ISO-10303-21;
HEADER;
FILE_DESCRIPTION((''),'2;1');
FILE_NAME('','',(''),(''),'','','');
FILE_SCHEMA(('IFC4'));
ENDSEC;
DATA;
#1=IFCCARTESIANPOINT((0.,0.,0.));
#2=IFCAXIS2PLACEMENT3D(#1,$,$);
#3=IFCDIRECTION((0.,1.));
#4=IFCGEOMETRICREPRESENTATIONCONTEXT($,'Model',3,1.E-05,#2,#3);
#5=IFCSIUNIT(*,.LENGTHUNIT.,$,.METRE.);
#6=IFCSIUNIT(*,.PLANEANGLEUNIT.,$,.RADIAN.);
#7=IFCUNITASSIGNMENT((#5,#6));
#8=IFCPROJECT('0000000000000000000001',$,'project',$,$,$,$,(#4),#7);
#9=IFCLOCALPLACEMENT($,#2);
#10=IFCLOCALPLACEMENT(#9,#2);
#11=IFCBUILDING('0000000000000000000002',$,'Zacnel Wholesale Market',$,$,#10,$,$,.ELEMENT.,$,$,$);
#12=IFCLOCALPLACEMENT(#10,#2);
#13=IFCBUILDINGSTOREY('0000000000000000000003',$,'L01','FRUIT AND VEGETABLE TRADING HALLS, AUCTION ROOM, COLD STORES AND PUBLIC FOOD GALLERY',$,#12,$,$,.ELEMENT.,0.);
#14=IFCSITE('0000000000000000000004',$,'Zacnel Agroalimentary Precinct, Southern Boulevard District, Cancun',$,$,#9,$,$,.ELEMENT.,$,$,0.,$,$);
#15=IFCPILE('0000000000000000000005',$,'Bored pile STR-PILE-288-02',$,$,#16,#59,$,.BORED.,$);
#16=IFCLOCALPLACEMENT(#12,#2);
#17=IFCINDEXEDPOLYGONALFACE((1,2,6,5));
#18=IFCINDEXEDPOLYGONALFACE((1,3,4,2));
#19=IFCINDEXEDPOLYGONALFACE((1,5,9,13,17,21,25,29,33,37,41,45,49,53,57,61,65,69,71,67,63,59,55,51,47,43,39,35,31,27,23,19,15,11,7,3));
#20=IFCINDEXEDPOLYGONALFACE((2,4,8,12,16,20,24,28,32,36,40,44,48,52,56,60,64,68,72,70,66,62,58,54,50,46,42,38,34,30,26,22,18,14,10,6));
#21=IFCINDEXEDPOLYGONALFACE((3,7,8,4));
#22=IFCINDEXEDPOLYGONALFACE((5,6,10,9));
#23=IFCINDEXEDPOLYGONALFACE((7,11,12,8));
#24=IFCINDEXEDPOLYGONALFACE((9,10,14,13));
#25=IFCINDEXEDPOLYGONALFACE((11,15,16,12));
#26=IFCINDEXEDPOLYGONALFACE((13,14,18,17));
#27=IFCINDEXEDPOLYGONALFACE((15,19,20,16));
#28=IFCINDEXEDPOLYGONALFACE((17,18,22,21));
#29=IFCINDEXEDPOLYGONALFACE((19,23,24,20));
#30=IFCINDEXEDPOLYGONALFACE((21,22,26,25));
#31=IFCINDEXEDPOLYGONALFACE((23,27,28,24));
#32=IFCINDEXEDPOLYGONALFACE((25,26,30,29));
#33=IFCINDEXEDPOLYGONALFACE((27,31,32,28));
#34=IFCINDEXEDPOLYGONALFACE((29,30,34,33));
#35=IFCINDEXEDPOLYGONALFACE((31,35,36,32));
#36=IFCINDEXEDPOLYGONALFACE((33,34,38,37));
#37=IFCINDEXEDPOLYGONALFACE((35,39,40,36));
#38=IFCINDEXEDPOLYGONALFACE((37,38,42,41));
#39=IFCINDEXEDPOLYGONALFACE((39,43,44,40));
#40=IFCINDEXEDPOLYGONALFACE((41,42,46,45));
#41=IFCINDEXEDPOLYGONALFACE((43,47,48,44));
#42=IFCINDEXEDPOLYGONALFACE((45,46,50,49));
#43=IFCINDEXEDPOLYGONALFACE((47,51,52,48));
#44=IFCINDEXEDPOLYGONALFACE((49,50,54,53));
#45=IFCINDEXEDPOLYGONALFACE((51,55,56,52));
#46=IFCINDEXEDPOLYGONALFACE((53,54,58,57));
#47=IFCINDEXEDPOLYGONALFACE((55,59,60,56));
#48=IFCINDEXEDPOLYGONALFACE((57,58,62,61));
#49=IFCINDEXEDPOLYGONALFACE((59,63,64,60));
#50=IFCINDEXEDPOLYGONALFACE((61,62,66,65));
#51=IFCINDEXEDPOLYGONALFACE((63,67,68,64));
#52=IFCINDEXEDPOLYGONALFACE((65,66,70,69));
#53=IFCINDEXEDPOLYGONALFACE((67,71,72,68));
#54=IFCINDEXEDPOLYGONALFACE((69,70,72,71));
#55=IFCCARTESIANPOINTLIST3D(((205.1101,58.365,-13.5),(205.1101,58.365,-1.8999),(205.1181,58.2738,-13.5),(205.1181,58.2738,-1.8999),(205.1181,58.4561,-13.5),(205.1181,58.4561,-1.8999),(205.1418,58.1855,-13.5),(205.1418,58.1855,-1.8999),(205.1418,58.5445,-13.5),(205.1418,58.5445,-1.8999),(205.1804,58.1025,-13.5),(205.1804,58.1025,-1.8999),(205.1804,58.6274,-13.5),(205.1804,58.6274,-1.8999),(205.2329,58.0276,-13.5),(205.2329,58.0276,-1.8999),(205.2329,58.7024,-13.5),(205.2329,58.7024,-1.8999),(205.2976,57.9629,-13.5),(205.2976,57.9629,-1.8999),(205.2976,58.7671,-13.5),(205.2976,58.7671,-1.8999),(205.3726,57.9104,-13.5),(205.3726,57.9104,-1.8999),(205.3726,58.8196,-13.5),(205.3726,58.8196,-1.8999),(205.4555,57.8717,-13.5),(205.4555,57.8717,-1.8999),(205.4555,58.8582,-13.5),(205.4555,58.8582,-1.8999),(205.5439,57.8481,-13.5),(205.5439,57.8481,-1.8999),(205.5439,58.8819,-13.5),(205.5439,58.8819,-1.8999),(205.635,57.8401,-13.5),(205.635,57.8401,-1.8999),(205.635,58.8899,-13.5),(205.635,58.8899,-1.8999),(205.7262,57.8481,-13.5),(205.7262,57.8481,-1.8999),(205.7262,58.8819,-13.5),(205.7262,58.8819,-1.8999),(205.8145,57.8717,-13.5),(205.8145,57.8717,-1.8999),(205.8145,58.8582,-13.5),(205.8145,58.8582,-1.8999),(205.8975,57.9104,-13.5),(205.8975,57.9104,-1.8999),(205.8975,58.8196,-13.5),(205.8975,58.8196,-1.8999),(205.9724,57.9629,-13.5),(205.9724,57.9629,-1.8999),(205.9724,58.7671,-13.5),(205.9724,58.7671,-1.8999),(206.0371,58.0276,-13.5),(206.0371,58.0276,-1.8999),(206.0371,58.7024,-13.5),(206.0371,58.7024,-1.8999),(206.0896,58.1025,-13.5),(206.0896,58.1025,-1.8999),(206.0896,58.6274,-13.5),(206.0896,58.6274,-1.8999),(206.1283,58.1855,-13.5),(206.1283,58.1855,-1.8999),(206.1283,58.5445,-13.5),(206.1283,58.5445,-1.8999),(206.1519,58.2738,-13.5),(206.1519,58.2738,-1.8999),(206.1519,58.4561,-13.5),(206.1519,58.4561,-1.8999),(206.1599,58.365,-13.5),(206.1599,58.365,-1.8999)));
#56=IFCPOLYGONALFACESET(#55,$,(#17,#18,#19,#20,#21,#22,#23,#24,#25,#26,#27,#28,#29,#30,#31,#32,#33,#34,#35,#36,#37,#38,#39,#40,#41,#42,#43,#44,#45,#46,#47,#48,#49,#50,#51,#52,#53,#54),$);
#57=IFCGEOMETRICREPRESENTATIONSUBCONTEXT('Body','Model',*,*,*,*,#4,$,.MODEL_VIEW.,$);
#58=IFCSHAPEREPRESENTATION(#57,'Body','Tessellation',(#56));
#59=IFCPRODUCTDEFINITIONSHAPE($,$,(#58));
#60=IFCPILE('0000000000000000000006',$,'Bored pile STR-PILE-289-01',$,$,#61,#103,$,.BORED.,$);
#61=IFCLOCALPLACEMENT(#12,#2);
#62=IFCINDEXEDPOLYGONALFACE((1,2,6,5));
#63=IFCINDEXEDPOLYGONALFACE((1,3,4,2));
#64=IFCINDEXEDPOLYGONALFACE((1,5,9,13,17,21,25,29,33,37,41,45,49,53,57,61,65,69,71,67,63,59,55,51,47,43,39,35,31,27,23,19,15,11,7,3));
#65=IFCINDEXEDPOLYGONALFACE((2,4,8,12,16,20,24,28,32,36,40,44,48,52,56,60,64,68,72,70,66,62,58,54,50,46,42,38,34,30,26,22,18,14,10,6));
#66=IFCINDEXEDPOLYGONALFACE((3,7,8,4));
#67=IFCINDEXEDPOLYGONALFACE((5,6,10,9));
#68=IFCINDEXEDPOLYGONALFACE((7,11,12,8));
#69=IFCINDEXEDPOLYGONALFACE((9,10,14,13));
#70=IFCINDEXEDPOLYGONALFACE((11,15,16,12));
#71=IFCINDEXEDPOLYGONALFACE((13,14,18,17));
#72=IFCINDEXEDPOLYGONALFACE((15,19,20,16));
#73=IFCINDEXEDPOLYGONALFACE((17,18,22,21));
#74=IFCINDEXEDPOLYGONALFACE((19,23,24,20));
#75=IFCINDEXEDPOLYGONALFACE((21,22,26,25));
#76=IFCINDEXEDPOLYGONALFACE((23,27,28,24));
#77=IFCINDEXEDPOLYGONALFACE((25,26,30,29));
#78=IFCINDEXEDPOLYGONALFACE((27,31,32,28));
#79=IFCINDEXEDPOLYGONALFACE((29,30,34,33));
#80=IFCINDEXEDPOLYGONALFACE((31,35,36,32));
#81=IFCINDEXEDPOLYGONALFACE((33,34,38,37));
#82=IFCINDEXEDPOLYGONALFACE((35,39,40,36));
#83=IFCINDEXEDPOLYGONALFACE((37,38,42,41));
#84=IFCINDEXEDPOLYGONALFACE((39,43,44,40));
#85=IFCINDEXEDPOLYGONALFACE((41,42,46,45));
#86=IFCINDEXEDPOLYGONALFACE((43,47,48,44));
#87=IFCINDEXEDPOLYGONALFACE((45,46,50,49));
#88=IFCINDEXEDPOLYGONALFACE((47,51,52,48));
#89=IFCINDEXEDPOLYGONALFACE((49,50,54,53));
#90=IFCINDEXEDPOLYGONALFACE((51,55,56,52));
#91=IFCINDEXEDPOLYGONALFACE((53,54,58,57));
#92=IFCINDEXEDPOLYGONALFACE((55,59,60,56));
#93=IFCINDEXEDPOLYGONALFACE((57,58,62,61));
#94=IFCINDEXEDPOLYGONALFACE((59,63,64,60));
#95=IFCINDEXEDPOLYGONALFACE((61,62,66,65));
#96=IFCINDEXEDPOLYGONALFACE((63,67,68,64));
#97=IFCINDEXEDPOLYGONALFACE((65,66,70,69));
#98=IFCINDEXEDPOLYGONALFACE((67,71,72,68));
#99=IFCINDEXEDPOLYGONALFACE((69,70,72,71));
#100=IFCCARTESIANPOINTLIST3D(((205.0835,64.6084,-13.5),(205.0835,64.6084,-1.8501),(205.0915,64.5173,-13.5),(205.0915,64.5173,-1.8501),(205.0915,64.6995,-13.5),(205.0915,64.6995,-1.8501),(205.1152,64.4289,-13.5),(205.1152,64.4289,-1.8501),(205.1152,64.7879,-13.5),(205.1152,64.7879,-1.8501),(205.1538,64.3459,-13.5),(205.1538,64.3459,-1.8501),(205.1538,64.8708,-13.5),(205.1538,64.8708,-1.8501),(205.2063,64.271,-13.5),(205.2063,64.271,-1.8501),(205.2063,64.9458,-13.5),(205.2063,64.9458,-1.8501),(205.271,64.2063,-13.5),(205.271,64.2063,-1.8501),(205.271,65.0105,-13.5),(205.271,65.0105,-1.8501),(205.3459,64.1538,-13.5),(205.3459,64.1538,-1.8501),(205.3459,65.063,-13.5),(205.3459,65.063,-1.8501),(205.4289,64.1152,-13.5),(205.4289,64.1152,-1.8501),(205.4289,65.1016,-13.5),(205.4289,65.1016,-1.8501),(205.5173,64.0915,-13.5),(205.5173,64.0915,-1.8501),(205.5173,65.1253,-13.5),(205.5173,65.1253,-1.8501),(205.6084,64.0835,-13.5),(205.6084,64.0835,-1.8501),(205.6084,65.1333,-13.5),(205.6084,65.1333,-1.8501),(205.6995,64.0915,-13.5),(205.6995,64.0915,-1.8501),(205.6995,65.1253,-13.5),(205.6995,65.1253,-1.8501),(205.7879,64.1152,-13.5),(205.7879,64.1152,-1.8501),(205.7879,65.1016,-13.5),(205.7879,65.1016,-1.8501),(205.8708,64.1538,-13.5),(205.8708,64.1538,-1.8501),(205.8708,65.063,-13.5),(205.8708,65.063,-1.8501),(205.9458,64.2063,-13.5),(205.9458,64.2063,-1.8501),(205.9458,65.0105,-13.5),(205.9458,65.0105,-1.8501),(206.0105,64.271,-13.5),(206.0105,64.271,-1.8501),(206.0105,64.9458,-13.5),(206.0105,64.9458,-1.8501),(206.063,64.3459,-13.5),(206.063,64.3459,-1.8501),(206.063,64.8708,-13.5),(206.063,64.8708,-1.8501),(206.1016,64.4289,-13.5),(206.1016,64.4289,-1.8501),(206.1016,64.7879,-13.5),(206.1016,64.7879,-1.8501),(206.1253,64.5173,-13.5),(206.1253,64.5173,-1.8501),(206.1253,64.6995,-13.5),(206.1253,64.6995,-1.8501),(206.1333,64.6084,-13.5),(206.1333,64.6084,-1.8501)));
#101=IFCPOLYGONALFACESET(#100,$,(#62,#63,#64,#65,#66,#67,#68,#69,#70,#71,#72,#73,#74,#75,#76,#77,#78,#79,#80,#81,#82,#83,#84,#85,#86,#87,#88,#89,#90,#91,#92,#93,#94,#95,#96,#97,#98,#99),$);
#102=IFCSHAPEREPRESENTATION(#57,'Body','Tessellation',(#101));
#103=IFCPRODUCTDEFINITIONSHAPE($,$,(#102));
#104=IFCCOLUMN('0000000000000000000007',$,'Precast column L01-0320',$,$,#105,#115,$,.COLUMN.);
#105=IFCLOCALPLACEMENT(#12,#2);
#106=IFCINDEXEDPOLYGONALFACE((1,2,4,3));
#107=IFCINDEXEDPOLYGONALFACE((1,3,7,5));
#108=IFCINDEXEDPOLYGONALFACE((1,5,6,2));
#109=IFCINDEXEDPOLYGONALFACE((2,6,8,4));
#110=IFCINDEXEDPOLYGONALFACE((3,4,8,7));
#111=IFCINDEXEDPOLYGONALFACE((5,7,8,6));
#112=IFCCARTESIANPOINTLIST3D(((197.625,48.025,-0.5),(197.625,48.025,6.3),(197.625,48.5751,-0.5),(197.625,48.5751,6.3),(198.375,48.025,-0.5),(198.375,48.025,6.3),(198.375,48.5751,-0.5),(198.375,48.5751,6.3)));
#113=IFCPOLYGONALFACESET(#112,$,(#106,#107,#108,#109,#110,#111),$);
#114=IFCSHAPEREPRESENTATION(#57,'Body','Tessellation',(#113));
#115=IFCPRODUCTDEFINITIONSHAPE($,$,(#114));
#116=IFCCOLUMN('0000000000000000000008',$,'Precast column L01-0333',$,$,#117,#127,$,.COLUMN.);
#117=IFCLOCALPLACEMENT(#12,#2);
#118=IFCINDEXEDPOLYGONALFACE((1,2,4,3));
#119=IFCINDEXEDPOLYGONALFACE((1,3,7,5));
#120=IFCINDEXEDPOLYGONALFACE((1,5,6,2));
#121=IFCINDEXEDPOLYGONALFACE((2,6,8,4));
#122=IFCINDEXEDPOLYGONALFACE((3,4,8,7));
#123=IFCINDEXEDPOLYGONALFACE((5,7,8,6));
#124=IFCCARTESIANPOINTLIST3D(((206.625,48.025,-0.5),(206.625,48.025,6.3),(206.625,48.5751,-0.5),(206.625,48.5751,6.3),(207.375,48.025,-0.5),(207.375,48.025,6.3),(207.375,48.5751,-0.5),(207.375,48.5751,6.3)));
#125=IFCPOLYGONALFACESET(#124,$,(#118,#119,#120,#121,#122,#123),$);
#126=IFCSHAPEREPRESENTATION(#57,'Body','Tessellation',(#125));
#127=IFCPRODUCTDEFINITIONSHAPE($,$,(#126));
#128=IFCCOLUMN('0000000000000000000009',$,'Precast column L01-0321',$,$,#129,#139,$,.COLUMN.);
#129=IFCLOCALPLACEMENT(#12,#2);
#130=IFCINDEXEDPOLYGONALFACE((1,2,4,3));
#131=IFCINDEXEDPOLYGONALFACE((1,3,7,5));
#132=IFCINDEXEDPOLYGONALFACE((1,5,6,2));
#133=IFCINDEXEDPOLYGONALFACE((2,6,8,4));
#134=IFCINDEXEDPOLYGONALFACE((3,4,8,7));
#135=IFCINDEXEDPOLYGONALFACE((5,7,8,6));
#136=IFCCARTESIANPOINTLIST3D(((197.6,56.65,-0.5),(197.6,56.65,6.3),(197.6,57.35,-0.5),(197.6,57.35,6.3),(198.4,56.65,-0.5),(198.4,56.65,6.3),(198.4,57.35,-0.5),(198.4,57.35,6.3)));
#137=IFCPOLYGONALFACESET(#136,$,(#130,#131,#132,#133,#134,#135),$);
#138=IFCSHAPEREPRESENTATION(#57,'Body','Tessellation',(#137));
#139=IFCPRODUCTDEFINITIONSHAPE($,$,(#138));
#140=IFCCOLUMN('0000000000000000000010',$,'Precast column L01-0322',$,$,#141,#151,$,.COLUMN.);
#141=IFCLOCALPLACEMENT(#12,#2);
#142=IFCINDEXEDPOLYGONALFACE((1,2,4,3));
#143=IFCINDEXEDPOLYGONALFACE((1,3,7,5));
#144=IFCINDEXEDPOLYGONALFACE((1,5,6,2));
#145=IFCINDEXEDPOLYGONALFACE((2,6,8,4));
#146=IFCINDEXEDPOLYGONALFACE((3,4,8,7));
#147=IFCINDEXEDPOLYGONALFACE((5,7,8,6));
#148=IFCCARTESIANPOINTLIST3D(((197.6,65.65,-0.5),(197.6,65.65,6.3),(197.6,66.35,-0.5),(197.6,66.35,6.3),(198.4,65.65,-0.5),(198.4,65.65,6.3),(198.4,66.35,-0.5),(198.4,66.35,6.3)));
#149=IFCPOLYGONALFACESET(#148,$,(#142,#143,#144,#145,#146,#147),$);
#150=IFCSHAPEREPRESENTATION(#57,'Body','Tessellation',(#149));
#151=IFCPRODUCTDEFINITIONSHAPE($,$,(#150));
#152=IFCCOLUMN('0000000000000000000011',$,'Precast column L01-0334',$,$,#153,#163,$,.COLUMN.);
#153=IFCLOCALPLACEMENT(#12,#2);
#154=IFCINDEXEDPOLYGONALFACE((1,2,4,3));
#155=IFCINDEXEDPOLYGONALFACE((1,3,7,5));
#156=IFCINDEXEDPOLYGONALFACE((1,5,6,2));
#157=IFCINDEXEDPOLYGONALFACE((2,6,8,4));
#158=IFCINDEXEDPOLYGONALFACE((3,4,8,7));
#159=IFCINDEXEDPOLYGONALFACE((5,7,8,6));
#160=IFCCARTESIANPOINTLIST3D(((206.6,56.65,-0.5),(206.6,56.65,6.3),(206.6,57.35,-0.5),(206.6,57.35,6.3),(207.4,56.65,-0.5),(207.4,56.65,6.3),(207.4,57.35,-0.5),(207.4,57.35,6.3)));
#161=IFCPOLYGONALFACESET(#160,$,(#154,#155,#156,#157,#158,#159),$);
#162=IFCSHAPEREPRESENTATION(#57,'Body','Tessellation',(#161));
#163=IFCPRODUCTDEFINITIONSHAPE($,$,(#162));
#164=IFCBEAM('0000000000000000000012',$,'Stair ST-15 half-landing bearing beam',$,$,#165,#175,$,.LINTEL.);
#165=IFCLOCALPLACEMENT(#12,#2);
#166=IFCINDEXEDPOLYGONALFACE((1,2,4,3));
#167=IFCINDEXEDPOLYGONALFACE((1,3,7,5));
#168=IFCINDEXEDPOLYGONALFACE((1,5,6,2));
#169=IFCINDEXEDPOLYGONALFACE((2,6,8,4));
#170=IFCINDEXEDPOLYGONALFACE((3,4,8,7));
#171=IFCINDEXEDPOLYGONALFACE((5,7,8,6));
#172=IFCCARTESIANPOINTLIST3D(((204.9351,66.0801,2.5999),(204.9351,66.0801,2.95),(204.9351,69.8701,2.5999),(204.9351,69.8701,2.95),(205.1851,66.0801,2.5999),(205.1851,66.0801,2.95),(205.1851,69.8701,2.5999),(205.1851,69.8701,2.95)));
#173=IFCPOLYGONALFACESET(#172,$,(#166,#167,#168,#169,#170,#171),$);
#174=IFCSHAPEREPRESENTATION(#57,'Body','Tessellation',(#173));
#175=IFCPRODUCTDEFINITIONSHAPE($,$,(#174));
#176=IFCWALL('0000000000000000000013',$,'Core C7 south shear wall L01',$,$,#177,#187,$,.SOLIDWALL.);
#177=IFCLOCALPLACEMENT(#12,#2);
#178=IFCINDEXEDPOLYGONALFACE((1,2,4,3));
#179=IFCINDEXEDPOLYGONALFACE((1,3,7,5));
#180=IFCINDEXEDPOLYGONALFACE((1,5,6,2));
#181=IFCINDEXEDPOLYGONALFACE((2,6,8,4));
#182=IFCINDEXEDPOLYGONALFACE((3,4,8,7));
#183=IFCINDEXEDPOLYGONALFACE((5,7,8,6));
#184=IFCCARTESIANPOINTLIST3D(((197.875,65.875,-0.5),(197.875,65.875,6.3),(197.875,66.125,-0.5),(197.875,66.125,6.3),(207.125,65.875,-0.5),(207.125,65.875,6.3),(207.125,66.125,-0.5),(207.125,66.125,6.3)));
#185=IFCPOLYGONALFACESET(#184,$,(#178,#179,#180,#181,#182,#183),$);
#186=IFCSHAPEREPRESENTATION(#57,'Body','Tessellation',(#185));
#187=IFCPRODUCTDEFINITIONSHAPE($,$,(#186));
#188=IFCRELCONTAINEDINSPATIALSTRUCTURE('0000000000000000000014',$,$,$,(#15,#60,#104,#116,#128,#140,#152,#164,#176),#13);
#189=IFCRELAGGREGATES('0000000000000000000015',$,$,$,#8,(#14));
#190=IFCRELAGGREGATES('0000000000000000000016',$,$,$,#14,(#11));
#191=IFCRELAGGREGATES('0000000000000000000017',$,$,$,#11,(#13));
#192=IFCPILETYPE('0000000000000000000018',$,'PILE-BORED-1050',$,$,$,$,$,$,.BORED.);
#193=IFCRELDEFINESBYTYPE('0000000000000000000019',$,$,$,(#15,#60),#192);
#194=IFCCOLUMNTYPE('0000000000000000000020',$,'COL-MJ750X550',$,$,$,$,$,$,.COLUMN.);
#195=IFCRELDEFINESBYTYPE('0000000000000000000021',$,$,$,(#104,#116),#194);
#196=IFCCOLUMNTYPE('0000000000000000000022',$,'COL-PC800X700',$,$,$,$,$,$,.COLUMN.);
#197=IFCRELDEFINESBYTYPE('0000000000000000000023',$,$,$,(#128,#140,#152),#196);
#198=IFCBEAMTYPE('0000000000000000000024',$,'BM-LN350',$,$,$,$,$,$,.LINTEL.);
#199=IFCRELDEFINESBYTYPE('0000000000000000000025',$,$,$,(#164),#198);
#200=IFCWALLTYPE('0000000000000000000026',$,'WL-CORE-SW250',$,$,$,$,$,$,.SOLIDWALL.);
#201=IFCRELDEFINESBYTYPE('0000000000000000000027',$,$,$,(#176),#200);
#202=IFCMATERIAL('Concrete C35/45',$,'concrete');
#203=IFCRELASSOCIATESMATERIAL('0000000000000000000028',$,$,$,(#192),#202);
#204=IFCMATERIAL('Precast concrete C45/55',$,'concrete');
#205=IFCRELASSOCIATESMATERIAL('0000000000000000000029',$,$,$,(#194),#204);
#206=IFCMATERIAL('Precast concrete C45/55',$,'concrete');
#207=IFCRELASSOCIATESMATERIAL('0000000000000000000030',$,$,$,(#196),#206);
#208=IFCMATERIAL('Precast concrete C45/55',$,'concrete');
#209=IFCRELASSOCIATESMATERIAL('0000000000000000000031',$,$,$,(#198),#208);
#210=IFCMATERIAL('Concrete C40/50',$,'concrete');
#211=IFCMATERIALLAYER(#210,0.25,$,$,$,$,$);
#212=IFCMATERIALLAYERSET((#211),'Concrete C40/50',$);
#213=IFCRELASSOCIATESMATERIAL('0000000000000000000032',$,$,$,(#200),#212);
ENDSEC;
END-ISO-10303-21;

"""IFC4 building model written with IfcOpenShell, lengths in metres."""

from ifc_helpers import new_model, si_unit, direction, frame, frame_2d, origin, origin_2d, place, context, subcontext, project, spatial, rectangle, circle, extrude, material, layer, layer_set, material_profile, profile_set, type_object, element, save


model = new_model("IFC4")

# Units and contexts
model_context = context("Model", 3, precision=1e-05, world=origin(), true_north=direction((0.0, 1.0)))
body_context = subcontext(model_context, "Body", "Model", "MODEL_VIEW")
ifc_project = project(units=[si_unit("LENGTHUNIT", "METRE"), si_unit("PLANEANGLEUNIT", "RADIAN")], contexts=[model_context])

# Site, building, storey
site_placement = place(None, origin())
site = spatial("IfcSite", under=ifc_project, at=site_placement, Name="Zacnel Agroalimentary Precinct, Southern Boulevard District, Cancun", CompositionType="ELEMENT", RefElevation=0.0)
building_placement = place(site_placement, origin())
building = spatial("IfcBuilding", under=site, at=building_placement, Name="Zacnel Wholesale Market", CompositionType="ELEMENT")
storey_placement = place(building_placement, origin())
storey = spatial("IfcBuildingStorey", under=building, at=storey_placement, Name="L01", Description="FRUIT AND VEGETABLE TRADING HALLS, AUCTION ROOM, COLD STORES AND PUBLIC FOOD GALLERY", CompositionType="ELEMENT", Elevation=0.0)

# Piles
ifc_material_1 = material(Name="Concrete C35/45", Category="concrete")
ifc_material_profile_1 = material_profile(ifc_material_1, circle(Radius=0.5249, at=origin_2d()), Name="BORED PILE D1050")
ifc_profile_set_1 = profile_set([ifc_material_profile_1], Name="Concrete C35/45")
pile_type = type_object("IfcPileType", Name="PILE-BORED-1050", PredefinedType="BORED", material=ifc_profile_set_1)
for number, where, z_axis, x_axis, name in (
    (1, (205.635, 58.365, -1.8999), (0.0, 0.0, -1.0), (1.0, 0.0, 0.0), "Bored pile STR-PILE-288-02"),
):
    element("IfcPile", number, at=place(storey_placement, frame(where, z_axis=z_axis, x_axis=x_axis)), inside=storey, type_object=pile_type, Name=name, PredefinedType="BORED", context=body_context, shape_type="SweptSolid", body=[
        extrude(circle(Radius=0.5249, at=origin_2d()), origin(), (0.0, 0.0, 1.0), 11.6001),
    ])
pile_1_placement = place(storey_placement, frame((205.6084, 64.6084, -1.8501), z_axis=(0.0, 0.0, -1.0), x_axis=(1.0, 0.0, 0.0)))
element("IfcPile", 2, at=pile_1_placement, inside=storey, type_object=pile_type, Name="Bored pile STR-PILE-289-01", PredefinedType="BORED", context=body_context, shape_type="SweptSolid", body=[
    extrude(circle(Radius=0.5249, at=origin_2d()), origin(), (0.0, 0.0, 1.0), 11.6499),
])

# Columns
ifc_material_2 = material(Name="Precast concrete C45/55", Category="concrete")
ifc_material_profile_2 = material_profile(ifc_material_2, rectangle(XDim=0.75, YDim=0.55, at=origin_2d()), Name="PC 750x550")
ifc_profile_set_2 = profile_set([ifc_material_profile_2], Name="Precast concrete C45/55")
column_type_1 = type_object("IfcColumnType", Name="COL-MJ750X550", PredefinedType="COLUMN", material=ifc_profile_set_2)
for number, where, z_axis, x_axis, name in (
    (3, (198.0, 48.3, -0.5), (0.0, 0.0, 1.0), (1.0, 0.0, 0.0), "Precast column L01-0320"),
    (4, (207.0, 48.3, -0.5), (0.0, 0.0, 1.0), (1.0, 0.0, 0.0), "Precast column L01-0333"),
):
    element("IfcColumn", number, at=place(storey_placement, frame(where, z_axis=z_axis, x_axis=x_axis)), inside=storey, type_object=column_type_1, Name=name, PredefinedType="COLUMN", context=body_context, shape_type="SweptSolid", body=[
        extrude(rectangle(XDim=0.75, YDim=0.55, at=origin_2d()), origin(), (0.0, 0.0, 1.0), 6.8),
    ])
ifc_material_3 = material(Name="Precast concrete C45/55", Category="concrete")
ifc_material_profile_3 = material_profile(ifc_material_3, rectangle(XDim=0.8, YDim=0.7, at=origin_2d()), Name="PC 800x700")
ifc_profile_set_3 = profile_set([ifc_material_profile_3], Name="Precast concrete C45/55")
column_type_2 = type_object("IfcColumnType", Name="COL-PC800X700", PredefinedType="COLUMN", material=ifc_profile_set_3)
for number, where, z_axis, x_axis, name in (
    (5, (198.0, 57.0, -0.5), (0.0, 0.0, 1.0), (1.0, 0.0, 0.0), "Precast column L01-0321"),
    (6, (198.0, 66.0, -0.5), (0.0, 0.0, 1.0), (1.0, 0.0, 0.0), "Precast column L01-0322"),
    (7, (207.0, 57.0, -0.5), (0.0, 0.0, 1.0), (1.0, 0.0, 0.0), "Precast column L01-0334"),
):
    element("IfcColumn", number, at=place(storey_placement, frame(where, z_axis=z_axis, x_axis=x_axis)), inside=storey, type_object=column_type_2, Name=name, PredefinedType="COLUMN", context=body_context, shape_type="SweptSolid", body=[
        extrude(rectangle(XDim=0.8, YDim=0.7, at=origin_2d()), origin(), (0.0, 0.0, 1.0), 6.8),
    ])

# Beam
ifc_material_4 = material(Name="Precast concrete C45/55", Category="concrete")
ifc_material_profile_4 = material_profile(ifc_material_4, rectangle(XDim=0.25, YDim=0.3501, at=origin_2d()), Name="LN 250x350")
ifc_profile_set_4 = profile_set([ifc_material_profile_4], Name="Precast concrete C45/55")
beam_type = type_object("IfcBeamType", Name="BM-LN350", PredefinedType="LINTEL", material=ifc_profile_set_4)
beam_placement = place(storey_placement, frame((205.0601, 66.0801, 2.7749), z_axis=(0.0, 1.0, 0.0), x_axis=(-1.0, 0.0, 0.0)))
element("IfcBeam", 8, at=beam_placement, inside=storey, type_object=beam_type, Name="Stair ST-15 half-landing bearing beam", PredefinedType="LINTEL", context=body_context, shape_type="SweptSolid", body=[
    extrude(rectangle(XDim=0.25, YDim=0.3501, at=origin_2d()), origin(), (0.0, 0.0, 1.0), 3.79),
])

# Wall
ifc_material_5 = material(Name="Concrete C40/50", Category="concrete")
ifc_layer_1 = layer(ifc_material_5, 0.25)
ifc_layer_set_1 = layer_set([ifc_layer_1], Name="Concrete C40/50")
wall_type_1 = type_object("IfcWallType", Name="WL-CORE-SW250", PredefinedType="SOLIDWALL", material=ifc_layer_set_1)
wall_1_placement = place(storey_placement, frame((197.875, 66.0, -0.5), z_axis=(0.0, 0.0, 1.0), x_axis=(1.0, 0.0, 0.0)))
element("IfcWall", 9, at=wall_1_placement, inside=storey, type_object=wall_type_1, Name="Core C7 south shear wall L01", PredefinedType="SOLIDWALL", context=body_context, shape_type="SweptSolid", body=[
    extrude(rectangle(XDim=9.25, YDim=0.25, at=frame_2d((4.625, 0.0))), origin(), (0.0, 0.0, 1.0), 6.8),
])

save(model, "model.ifc")
